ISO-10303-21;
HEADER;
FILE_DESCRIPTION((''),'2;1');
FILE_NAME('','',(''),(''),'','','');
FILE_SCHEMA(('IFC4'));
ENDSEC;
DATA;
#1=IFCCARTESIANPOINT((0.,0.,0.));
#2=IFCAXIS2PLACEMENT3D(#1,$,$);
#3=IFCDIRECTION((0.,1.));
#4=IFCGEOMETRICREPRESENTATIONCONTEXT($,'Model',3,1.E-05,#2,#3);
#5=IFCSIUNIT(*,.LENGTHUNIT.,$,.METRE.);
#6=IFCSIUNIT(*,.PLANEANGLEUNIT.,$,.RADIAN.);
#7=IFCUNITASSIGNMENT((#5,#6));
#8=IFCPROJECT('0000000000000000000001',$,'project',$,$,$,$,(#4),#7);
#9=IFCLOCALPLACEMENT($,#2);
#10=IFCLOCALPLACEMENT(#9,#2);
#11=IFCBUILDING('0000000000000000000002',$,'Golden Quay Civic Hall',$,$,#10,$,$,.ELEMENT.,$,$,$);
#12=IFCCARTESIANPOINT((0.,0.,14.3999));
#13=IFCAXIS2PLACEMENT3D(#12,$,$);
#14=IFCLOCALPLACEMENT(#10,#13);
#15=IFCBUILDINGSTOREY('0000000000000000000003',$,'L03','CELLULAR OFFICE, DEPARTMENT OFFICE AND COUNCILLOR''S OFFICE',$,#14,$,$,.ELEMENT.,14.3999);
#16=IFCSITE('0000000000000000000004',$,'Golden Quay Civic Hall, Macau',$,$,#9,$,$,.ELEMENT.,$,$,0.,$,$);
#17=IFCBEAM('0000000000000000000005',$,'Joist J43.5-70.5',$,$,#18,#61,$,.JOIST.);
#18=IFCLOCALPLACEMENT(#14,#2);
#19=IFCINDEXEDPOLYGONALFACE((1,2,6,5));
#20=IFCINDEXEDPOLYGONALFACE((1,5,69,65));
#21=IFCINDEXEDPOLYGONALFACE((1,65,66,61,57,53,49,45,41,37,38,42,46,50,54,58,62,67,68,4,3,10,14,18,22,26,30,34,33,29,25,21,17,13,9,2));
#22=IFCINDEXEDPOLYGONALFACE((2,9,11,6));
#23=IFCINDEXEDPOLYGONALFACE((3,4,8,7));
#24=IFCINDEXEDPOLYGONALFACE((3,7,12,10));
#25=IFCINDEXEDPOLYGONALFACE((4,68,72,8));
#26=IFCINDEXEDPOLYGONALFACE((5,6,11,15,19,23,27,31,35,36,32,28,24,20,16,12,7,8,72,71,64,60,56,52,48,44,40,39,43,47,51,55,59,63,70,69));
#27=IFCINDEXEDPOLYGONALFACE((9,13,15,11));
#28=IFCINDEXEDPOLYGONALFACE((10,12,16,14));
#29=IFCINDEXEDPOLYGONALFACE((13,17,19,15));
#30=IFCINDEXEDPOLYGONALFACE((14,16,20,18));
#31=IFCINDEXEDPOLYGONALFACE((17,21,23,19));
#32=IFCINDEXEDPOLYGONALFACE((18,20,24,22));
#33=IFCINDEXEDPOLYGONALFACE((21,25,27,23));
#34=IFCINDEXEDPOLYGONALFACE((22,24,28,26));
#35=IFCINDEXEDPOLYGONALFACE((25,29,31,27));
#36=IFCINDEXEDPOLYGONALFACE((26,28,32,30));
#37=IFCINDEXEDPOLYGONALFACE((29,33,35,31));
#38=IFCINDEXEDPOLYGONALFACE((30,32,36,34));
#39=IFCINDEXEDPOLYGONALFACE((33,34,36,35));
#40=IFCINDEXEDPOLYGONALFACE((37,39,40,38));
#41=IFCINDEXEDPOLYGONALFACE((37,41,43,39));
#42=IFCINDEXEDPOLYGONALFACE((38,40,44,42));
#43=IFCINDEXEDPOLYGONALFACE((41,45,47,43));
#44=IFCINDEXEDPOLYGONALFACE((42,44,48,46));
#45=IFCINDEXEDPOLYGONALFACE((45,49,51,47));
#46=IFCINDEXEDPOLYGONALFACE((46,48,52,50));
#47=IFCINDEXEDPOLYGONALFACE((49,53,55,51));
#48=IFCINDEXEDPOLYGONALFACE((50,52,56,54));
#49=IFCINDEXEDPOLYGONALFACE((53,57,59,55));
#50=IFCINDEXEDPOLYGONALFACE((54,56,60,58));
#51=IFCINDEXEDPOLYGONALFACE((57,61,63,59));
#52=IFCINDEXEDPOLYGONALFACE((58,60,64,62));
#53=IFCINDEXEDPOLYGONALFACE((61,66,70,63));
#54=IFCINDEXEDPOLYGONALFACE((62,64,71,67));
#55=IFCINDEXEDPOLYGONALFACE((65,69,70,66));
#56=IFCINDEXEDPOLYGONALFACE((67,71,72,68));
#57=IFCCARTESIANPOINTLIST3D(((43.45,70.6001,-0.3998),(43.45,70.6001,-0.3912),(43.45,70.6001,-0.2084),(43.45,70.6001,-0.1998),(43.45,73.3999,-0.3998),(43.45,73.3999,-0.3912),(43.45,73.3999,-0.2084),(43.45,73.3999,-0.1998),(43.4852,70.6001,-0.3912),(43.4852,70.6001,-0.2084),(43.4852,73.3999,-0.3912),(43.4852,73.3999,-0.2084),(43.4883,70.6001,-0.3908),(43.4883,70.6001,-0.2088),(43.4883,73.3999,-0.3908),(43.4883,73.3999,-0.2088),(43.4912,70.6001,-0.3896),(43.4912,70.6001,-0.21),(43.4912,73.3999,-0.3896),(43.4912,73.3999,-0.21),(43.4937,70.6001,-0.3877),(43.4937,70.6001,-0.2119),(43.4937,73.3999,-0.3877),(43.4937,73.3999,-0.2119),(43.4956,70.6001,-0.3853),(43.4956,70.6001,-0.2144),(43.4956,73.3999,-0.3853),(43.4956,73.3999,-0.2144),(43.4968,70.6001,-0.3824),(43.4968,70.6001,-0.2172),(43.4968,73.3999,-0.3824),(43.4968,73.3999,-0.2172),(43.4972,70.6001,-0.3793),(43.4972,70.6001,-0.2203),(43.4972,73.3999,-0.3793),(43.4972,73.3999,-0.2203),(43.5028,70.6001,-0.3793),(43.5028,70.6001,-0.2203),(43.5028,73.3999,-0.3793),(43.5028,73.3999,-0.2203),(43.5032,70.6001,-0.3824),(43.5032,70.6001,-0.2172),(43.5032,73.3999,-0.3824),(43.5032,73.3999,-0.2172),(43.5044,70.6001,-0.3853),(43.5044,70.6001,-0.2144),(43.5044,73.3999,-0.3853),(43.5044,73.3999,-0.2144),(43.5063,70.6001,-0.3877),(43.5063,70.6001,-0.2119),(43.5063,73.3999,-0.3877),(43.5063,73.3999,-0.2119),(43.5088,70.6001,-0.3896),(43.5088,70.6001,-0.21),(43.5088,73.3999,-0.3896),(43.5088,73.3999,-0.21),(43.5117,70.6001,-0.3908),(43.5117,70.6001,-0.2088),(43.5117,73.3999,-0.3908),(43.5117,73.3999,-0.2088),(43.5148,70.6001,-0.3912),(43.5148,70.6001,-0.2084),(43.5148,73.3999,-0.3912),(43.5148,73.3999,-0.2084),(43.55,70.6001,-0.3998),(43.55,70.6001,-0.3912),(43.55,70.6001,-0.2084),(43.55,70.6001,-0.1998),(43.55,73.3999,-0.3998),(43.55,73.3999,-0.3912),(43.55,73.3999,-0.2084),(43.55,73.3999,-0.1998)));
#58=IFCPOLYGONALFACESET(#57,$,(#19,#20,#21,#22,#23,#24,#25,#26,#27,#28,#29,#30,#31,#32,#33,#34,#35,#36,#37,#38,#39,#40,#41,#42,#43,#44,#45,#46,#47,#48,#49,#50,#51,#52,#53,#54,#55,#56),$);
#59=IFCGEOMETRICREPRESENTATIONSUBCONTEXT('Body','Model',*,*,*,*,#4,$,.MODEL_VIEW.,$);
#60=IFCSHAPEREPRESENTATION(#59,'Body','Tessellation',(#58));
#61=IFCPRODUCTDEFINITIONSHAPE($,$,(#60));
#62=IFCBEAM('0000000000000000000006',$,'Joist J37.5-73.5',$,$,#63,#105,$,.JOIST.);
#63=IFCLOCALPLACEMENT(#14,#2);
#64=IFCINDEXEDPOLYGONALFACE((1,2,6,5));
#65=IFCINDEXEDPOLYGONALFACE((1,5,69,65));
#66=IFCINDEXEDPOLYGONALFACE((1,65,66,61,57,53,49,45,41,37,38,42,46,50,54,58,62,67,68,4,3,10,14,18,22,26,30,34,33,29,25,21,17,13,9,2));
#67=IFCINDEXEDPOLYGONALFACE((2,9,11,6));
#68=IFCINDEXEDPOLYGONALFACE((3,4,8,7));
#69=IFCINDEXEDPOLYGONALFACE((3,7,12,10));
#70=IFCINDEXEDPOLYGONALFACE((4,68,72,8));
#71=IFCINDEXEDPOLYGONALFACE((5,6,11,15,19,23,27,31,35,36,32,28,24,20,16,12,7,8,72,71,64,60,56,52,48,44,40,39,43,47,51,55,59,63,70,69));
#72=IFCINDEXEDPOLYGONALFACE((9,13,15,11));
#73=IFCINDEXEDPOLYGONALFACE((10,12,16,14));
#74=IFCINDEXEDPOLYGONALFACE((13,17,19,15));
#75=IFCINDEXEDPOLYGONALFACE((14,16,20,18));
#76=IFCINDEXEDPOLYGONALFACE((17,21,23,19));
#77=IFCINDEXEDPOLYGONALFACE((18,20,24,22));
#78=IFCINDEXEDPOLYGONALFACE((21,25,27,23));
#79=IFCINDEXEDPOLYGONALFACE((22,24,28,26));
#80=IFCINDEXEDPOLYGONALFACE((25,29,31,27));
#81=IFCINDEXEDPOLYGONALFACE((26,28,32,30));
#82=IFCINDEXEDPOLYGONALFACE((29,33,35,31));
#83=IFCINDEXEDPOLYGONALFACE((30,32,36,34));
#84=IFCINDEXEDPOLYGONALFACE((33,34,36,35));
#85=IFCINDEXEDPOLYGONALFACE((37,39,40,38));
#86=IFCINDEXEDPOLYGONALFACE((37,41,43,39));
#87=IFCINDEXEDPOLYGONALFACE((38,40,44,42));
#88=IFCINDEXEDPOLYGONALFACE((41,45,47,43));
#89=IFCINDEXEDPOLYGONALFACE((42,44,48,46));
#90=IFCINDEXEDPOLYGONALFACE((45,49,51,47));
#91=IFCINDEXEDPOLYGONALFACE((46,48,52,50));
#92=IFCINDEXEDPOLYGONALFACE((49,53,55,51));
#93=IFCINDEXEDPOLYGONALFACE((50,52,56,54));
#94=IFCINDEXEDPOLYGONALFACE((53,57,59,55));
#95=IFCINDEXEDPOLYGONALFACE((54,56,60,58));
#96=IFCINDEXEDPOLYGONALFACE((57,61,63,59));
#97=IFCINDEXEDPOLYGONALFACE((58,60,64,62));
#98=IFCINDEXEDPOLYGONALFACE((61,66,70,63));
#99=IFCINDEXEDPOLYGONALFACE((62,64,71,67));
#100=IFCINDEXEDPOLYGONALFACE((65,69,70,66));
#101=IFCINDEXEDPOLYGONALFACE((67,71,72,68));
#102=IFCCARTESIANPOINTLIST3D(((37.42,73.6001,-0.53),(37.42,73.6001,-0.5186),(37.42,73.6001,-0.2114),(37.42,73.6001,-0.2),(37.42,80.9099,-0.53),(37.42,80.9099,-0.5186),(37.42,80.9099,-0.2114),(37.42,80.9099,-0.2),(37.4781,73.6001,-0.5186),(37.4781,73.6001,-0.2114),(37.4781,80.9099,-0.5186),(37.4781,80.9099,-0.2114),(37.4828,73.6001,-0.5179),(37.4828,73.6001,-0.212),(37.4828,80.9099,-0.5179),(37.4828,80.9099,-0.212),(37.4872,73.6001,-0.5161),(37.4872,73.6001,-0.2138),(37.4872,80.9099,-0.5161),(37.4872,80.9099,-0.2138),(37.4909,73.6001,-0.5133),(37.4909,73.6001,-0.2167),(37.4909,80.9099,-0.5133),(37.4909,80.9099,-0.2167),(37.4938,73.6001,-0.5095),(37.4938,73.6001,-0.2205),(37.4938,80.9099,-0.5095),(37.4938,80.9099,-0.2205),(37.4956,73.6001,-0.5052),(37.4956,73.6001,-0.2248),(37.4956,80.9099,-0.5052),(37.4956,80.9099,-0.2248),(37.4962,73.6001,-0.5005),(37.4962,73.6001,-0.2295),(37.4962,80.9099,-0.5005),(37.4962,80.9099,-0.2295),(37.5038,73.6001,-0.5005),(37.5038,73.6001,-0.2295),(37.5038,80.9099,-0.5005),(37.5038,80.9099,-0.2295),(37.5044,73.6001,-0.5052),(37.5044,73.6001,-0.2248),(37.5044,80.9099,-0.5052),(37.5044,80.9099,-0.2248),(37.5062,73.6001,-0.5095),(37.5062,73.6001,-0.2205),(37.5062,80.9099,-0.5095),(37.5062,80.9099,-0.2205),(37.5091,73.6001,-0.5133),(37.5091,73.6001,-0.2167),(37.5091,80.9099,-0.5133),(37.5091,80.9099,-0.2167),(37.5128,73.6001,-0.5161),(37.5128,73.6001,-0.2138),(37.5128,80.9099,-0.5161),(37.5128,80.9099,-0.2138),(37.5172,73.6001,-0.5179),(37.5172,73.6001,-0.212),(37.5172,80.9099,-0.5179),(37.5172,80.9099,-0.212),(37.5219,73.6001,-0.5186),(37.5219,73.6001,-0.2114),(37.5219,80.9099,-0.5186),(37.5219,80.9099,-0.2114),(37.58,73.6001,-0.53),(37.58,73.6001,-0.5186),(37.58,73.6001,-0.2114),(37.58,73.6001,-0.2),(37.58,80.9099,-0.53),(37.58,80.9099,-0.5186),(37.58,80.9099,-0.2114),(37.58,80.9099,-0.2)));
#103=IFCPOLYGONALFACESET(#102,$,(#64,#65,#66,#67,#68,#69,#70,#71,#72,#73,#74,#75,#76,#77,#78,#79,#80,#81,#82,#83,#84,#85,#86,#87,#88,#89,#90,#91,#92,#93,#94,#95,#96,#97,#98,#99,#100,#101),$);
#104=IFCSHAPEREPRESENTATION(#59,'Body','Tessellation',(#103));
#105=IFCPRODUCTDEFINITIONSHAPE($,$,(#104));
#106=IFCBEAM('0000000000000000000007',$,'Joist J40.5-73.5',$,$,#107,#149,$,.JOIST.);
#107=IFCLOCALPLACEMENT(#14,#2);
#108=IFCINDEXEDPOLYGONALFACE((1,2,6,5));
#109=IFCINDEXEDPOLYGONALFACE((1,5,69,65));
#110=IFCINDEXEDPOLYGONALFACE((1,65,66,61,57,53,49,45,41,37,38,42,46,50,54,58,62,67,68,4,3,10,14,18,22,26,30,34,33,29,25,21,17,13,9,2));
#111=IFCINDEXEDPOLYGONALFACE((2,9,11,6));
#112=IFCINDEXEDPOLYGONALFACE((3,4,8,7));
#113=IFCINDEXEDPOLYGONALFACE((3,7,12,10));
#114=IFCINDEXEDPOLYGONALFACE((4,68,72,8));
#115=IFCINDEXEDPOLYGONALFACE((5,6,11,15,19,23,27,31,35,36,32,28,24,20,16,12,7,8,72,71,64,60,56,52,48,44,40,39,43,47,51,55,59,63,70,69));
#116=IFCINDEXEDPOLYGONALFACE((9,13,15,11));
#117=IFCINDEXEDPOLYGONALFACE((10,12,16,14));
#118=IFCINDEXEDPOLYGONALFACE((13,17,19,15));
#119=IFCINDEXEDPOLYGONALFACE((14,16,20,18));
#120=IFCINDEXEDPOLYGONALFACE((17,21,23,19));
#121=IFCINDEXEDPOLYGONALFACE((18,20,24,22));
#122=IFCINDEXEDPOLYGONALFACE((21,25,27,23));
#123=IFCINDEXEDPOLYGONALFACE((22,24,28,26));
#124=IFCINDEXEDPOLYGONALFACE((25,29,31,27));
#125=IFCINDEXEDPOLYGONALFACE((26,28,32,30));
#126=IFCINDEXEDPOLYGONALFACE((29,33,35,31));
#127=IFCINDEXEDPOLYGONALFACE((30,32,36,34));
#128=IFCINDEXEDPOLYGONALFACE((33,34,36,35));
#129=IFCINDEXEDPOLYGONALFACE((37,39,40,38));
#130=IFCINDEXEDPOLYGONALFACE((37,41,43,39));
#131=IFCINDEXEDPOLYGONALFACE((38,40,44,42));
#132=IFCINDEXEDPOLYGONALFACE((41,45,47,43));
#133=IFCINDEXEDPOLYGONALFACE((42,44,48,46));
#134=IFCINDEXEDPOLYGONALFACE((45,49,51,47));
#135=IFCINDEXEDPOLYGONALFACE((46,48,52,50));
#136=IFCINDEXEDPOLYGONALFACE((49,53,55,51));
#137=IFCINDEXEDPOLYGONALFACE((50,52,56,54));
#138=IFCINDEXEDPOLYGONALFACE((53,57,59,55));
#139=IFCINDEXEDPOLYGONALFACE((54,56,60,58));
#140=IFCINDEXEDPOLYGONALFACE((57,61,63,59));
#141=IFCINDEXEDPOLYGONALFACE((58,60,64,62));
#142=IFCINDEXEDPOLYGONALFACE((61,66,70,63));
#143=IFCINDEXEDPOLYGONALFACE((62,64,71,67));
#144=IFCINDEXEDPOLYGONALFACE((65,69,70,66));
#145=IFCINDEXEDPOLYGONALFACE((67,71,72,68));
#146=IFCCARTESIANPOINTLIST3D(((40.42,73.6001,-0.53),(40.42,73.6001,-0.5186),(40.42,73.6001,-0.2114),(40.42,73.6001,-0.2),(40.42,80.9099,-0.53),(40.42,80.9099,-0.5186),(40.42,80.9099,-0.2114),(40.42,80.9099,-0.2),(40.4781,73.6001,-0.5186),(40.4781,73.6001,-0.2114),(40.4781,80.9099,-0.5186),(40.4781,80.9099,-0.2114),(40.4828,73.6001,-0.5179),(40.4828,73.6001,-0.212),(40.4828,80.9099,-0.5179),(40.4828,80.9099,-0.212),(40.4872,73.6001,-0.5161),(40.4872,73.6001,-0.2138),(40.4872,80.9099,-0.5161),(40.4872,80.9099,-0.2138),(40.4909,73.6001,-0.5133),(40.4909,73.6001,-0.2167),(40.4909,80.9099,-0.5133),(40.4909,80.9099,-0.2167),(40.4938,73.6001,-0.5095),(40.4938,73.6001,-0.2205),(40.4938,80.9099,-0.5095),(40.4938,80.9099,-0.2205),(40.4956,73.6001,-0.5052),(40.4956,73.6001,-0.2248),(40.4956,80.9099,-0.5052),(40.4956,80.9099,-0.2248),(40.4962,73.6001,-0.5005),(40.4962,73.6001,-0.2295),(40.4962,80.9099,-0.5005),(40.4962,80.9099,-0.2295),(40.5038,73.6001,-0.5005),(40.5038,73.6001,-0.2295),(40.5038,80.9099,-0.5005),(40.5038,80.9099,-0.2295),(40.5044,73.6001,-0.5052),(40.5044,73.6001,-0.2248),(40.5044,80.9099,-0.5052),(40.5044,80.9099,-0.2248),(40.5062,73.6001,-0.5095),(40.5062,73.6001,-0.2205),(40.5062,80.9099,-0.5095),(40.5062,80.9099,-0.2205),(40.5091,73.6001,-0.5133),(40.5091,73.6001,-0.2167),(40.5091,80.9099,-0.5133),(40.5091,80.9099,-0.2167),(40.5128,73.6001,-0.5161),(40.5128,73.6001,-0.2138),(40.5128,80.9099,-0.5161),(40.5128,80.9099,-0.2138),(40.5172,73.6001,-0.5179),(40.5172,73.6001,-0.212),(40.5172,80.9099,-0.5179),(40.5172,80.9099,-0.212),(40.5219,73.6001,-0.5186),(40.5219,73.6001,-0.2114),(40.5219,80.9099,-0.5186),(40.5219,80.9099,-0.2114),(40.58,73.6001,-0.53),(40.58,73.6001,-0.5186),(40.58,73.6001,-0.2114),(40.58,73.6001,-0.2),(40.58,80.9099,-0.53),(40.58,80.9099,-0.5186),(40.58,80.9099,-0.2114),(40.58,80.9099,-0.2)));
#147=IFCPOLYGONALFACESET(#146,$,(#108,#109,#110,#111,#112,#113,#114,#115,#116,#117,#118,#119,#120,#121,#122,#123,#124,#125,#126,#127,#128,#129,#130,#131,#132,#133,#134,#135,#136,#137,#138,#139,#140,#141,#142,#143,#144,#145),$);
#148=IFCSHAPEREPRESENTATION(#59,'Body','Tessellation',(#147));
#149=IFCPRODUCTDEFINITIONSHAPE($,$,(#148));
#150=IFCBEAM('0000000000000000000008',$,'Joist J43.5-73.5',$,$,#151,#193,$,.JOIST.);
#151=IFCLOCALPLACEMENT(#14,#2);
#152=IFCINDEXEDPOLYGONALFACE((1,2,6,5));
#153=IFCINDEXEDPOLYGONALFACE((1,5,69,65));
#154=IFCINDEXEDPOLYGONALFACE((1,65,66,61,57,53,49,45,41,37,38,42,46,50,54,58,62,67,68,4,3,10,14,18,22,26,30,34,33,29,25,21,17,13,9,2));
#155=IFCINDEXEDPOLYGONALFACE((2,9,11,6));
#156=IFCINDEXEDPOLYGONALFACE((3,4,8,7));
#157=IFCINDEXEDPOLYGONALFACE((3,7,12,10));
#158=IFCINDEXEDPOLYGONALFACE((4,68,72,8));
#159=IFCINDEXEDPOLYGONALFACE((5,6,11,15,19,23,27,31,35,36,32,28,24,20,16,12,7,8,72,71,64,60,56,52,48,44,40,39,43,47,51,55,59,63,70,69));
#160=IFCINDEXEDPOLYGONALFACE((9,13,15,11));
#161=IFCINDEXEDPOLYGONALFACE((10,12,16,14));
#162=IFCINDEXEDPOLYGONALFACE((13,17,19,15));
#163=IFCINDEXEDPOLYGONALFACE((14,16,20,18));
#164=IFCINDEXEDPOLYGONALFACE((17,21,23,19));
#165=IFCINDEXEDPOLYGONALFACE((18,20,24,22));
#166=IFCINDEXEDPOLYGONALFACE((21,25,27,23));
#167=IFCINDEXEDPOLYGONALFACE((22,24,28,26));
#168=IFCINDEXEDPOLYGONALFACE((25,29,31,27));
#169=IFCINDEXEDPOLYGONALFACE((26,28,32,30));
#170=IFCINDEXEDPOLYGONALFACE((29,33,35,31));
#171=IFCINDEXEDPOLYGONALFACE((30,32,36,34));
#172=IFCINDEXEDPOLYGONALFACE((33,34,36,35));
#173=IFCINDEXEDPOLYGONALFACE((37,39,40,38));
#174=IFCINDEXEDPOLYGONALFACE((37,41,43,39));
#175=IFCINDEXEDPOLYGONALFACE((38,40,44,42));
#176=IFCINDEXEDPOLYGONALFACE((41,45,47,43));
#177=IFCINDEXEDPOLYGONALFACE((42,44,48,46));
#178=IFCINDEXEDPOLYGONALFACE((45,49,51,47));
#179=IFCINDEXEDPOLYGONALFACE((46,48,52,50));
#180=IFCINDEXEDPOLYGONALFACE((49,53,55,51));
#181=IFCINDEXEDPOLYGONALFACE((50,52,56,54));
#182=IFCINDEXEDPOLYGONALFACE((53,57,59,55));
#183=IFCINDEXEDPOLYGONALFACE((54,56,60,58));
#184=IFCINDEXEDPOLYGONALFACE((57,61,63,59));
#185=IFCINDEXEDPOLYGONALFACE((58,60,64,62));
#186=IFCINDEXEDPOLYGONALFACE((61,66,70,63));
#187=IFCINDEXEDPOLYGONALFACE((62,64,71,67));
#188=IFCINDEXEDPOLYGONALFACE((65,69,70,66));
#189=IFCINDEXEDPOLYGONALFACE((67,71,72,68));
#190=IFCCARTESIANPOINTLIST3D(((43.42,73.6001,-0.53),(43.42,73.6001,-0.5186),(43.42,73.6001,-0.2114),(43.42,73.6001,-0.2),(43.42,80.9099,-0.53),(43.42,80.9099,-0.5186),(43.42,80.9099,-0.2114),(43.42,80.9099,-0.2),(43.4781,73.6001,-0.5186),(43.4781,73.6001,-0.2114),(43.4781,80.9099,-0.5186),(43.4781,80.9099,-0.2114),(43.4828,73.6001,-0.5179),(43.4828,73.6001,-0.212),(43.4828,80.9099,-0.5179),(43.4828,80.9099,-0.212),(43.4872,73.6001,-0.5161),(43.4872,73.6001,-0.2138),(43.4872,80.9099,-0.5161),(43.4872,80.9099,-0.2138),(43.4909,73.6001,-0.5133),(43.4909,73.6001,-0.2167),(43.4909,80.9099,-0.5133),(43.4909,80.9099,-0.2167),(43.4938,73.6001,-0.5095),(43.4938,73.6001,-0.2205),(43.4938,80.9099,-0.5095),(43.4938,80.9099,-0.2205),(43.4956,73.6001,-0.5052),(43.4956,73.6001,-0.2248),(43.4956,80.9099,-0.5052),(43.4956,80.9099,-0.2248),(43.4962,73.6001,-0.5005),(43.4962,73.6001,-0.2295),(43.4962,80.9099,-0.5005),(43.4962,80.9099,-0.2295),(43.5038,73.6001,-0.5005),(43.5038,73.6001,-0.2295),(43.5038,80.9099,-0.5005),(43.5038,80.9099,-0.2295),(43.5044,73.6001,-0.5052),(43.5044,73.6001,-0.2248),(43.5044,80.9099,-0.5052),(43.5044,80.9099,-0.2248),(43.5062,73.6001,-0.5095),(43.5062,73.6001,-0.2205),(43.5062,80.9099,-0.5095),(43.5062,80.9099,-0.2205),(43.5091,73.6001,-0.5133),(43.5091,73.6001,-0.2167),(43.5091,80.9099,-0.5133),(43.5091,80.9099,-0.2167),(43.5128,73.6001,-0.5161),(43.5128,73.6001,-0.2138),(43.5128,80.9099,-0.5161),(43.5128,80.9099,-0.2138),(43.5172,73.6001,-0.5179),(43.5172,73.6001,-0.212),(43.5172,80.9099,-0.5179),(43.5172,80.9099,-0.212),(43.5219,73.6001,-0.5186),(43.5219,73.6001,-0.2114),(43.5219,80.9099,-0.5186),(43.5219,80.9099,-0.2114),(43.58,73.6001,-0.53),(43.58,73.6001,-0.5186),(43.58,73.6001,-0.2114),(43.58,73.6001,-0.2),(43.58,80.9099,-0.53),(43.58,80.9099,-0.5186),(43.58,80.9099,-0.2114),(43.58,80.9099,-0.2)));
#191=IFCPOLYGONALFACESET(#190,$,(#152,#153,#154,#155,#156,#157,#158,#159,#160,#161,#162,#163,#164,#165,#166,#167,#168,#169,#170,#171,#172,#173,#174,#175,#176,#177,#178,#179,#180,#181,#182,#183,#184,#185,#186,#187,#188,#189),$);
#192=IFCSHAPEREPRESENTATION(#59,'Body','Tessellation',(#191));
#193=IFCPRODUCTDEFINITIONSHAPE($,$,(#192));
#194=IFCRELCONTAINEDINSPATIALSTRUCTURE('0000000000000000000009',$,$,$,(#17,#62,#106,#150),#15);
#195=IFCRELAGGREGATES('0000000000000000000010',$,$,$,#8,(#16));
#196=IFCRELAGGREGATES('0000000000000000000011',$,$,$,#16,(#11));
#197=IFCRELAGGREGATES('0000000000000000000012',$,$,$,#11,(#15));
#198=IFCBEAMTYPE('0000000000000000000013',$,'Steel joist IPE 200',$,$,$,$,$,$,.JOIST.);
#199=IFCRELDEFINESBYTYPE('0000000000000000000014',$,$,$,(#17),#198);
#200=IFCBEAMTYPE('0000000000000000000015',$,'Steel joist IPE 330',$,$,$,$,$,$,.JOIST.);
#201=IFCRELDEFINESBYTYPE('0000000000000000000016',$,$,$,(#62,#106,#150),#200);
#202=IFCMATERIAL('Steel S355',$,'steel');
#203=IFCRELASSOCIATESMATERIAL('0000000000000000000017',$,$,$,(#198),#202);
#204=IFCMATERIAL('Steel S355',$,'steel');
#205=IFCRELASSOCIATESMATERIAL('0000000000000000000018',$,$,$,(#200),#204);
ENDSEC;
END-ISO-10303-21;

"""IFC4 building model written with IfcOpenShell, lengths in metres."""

from ifc_helpers import new_model, si_unit, direction, frame, origin, origin_2d, place, context, subcontext, project, spatial, i_section, extrude, material, material_profile, profile_set, type_object, element, save


model = new_model("IFC4")

# Units and contexts
model_context = context("Model", 3, precision=1e-05, world=origin(), true_north=direction((0.0, 1.0)))
body_context = subcontext(model_context, "Body", "Model", "MODEL_VIEW")
ifc_project = project(units=[si_unit("LENGTHUNIT", "METRE"), si_unit("PLANEANGLEUNIT", "RADIAN")], contexts=[model_context])

# Site, building, storey
site_placement = place(None, origin())
site = spatial("IfcSite", under=ifc_project, at=site_placement, Name="Golden Quay Civic Hall, Macau", CompositionType="ELEMENT", RefElevation=0.0)
building_placement = place(site_placement, origin())
building = spatial("IfcBuilding", under=site, at=building_placement, Name="Golden Quay Civic Hall", CompositionType="ELEMENT")
storey_placement = place(building_placement, frame((0.0, 0.0, 14.3999)))
storey = spatial("IfcBuildingStorey", under=building, at=storey_placement, Name="L03", Description="CELLULAR OFFICE, DEPARTMENT OFFICE AND COUNCILLOR'S OFFICE", CompositionType="ELEMENT", Elevation=14.3999)

# Beams
ifc_material_1 = material(Name="Steel S355", Category="steel")
ifc_material_profile_1 = material_profile(ifc_material_1, i_section(OverallWidth=0.1001, OverallDepth=0.2, WebThickness=0.0056, FlangeThickness=0.0085, FilletRadius=0.012, at=origin_2d()), Name="IPE 200")
ifc_profile_set_1 = profile_set([ifc_material_profile_1], Name="Steel S355")
beam_type_1 = type_object("IfcBeamType", Name="Steel joist IPE 200", PredefinedType="JOIST", material=ifc_profile_set_1)
for number, where, z_axis, x_axis, name in (
    (1, (43.5, 70.6001, -0.2998), (0.0, 1.0, 0.0), (-1.0, 0.0, 0.0), "Joist J43.5-70.5"),
):
    element("IfcBeam", number, at=place(storey_placement, frame(where, z_axis=z_axis, x_axis=x_axis)), inside=storey, type_object=beam_type_1, Name=name, PredefinedType="JOIST", context=body_context, shape_type="SweptSolid", body=[
        extrude(i_section(OverallWidth=0.1001, OverallDepth=0.2, WebThickness=0.0056, FlangeThickness=0.0085, FilletRadius=0.012, at=origin_2d()), origin(), (0.0, 0.0, 1.0), 2.7998),
    ])
ifc_material_2 = material(Name="Steel S355", Category="steel")
ifc_material_profile_2 = material_profile(ifc_material_2, i_section(OverallWidth=0.1599, OverallDepth=0.3301, WebThickness=0.0076, FlangeThickness=0.0115, FilletRadius=0.0181, at=origin_2d()), Name="IPE 330")
ifc_profile_set_2 = profile_set([ifc_material_profile_2], Name="Steel S355")
beam_type_2 = type_object("IfcBeamType", Name="Steel joist IPE 330", PredefinedType="JOIST", material=ifc_profile_set_2)
for number, where, z_axis, x_axis, name in (
    (2, (37.5, 73.6001, -0.365), (0.0, 1.0, 0.0), (-1.0, 0.0, 0.0), "Joist J37.5-73.5"),
    (3, (40.5, 73.6001, -0.365), (0.0, 1.0, 0.0), (-1.0, 0.0, 0.0), "Joist J40.5-73.5"),
    (4, (43.5, 73.6001, -0.365), (0.0, 1.0, 0.0), (-1.0, 0.0, 0.0), "Joist J43.5-73.5"),
):
    element("IfcBeam", number, at=place(storey_placement, frame(where, z_axis=z_axis, x_axis=x_axis)), inside=storey, type_object=beam_type_2, Name=name, PredefinedType="JOIST", context=body_context, shape_type="SweptSolid", body=[
        extrude(i_section(OverallWidth=0.1599, OverallDepth=0.3301, WebThickness=0.0076, FlangeThickness=0.0115, FilletRadius=0.0181, at=origin_2d()), origin(), (0.0, 0.0, 1.0), 7.3098),
    ])

save(model, "model.ifc")
